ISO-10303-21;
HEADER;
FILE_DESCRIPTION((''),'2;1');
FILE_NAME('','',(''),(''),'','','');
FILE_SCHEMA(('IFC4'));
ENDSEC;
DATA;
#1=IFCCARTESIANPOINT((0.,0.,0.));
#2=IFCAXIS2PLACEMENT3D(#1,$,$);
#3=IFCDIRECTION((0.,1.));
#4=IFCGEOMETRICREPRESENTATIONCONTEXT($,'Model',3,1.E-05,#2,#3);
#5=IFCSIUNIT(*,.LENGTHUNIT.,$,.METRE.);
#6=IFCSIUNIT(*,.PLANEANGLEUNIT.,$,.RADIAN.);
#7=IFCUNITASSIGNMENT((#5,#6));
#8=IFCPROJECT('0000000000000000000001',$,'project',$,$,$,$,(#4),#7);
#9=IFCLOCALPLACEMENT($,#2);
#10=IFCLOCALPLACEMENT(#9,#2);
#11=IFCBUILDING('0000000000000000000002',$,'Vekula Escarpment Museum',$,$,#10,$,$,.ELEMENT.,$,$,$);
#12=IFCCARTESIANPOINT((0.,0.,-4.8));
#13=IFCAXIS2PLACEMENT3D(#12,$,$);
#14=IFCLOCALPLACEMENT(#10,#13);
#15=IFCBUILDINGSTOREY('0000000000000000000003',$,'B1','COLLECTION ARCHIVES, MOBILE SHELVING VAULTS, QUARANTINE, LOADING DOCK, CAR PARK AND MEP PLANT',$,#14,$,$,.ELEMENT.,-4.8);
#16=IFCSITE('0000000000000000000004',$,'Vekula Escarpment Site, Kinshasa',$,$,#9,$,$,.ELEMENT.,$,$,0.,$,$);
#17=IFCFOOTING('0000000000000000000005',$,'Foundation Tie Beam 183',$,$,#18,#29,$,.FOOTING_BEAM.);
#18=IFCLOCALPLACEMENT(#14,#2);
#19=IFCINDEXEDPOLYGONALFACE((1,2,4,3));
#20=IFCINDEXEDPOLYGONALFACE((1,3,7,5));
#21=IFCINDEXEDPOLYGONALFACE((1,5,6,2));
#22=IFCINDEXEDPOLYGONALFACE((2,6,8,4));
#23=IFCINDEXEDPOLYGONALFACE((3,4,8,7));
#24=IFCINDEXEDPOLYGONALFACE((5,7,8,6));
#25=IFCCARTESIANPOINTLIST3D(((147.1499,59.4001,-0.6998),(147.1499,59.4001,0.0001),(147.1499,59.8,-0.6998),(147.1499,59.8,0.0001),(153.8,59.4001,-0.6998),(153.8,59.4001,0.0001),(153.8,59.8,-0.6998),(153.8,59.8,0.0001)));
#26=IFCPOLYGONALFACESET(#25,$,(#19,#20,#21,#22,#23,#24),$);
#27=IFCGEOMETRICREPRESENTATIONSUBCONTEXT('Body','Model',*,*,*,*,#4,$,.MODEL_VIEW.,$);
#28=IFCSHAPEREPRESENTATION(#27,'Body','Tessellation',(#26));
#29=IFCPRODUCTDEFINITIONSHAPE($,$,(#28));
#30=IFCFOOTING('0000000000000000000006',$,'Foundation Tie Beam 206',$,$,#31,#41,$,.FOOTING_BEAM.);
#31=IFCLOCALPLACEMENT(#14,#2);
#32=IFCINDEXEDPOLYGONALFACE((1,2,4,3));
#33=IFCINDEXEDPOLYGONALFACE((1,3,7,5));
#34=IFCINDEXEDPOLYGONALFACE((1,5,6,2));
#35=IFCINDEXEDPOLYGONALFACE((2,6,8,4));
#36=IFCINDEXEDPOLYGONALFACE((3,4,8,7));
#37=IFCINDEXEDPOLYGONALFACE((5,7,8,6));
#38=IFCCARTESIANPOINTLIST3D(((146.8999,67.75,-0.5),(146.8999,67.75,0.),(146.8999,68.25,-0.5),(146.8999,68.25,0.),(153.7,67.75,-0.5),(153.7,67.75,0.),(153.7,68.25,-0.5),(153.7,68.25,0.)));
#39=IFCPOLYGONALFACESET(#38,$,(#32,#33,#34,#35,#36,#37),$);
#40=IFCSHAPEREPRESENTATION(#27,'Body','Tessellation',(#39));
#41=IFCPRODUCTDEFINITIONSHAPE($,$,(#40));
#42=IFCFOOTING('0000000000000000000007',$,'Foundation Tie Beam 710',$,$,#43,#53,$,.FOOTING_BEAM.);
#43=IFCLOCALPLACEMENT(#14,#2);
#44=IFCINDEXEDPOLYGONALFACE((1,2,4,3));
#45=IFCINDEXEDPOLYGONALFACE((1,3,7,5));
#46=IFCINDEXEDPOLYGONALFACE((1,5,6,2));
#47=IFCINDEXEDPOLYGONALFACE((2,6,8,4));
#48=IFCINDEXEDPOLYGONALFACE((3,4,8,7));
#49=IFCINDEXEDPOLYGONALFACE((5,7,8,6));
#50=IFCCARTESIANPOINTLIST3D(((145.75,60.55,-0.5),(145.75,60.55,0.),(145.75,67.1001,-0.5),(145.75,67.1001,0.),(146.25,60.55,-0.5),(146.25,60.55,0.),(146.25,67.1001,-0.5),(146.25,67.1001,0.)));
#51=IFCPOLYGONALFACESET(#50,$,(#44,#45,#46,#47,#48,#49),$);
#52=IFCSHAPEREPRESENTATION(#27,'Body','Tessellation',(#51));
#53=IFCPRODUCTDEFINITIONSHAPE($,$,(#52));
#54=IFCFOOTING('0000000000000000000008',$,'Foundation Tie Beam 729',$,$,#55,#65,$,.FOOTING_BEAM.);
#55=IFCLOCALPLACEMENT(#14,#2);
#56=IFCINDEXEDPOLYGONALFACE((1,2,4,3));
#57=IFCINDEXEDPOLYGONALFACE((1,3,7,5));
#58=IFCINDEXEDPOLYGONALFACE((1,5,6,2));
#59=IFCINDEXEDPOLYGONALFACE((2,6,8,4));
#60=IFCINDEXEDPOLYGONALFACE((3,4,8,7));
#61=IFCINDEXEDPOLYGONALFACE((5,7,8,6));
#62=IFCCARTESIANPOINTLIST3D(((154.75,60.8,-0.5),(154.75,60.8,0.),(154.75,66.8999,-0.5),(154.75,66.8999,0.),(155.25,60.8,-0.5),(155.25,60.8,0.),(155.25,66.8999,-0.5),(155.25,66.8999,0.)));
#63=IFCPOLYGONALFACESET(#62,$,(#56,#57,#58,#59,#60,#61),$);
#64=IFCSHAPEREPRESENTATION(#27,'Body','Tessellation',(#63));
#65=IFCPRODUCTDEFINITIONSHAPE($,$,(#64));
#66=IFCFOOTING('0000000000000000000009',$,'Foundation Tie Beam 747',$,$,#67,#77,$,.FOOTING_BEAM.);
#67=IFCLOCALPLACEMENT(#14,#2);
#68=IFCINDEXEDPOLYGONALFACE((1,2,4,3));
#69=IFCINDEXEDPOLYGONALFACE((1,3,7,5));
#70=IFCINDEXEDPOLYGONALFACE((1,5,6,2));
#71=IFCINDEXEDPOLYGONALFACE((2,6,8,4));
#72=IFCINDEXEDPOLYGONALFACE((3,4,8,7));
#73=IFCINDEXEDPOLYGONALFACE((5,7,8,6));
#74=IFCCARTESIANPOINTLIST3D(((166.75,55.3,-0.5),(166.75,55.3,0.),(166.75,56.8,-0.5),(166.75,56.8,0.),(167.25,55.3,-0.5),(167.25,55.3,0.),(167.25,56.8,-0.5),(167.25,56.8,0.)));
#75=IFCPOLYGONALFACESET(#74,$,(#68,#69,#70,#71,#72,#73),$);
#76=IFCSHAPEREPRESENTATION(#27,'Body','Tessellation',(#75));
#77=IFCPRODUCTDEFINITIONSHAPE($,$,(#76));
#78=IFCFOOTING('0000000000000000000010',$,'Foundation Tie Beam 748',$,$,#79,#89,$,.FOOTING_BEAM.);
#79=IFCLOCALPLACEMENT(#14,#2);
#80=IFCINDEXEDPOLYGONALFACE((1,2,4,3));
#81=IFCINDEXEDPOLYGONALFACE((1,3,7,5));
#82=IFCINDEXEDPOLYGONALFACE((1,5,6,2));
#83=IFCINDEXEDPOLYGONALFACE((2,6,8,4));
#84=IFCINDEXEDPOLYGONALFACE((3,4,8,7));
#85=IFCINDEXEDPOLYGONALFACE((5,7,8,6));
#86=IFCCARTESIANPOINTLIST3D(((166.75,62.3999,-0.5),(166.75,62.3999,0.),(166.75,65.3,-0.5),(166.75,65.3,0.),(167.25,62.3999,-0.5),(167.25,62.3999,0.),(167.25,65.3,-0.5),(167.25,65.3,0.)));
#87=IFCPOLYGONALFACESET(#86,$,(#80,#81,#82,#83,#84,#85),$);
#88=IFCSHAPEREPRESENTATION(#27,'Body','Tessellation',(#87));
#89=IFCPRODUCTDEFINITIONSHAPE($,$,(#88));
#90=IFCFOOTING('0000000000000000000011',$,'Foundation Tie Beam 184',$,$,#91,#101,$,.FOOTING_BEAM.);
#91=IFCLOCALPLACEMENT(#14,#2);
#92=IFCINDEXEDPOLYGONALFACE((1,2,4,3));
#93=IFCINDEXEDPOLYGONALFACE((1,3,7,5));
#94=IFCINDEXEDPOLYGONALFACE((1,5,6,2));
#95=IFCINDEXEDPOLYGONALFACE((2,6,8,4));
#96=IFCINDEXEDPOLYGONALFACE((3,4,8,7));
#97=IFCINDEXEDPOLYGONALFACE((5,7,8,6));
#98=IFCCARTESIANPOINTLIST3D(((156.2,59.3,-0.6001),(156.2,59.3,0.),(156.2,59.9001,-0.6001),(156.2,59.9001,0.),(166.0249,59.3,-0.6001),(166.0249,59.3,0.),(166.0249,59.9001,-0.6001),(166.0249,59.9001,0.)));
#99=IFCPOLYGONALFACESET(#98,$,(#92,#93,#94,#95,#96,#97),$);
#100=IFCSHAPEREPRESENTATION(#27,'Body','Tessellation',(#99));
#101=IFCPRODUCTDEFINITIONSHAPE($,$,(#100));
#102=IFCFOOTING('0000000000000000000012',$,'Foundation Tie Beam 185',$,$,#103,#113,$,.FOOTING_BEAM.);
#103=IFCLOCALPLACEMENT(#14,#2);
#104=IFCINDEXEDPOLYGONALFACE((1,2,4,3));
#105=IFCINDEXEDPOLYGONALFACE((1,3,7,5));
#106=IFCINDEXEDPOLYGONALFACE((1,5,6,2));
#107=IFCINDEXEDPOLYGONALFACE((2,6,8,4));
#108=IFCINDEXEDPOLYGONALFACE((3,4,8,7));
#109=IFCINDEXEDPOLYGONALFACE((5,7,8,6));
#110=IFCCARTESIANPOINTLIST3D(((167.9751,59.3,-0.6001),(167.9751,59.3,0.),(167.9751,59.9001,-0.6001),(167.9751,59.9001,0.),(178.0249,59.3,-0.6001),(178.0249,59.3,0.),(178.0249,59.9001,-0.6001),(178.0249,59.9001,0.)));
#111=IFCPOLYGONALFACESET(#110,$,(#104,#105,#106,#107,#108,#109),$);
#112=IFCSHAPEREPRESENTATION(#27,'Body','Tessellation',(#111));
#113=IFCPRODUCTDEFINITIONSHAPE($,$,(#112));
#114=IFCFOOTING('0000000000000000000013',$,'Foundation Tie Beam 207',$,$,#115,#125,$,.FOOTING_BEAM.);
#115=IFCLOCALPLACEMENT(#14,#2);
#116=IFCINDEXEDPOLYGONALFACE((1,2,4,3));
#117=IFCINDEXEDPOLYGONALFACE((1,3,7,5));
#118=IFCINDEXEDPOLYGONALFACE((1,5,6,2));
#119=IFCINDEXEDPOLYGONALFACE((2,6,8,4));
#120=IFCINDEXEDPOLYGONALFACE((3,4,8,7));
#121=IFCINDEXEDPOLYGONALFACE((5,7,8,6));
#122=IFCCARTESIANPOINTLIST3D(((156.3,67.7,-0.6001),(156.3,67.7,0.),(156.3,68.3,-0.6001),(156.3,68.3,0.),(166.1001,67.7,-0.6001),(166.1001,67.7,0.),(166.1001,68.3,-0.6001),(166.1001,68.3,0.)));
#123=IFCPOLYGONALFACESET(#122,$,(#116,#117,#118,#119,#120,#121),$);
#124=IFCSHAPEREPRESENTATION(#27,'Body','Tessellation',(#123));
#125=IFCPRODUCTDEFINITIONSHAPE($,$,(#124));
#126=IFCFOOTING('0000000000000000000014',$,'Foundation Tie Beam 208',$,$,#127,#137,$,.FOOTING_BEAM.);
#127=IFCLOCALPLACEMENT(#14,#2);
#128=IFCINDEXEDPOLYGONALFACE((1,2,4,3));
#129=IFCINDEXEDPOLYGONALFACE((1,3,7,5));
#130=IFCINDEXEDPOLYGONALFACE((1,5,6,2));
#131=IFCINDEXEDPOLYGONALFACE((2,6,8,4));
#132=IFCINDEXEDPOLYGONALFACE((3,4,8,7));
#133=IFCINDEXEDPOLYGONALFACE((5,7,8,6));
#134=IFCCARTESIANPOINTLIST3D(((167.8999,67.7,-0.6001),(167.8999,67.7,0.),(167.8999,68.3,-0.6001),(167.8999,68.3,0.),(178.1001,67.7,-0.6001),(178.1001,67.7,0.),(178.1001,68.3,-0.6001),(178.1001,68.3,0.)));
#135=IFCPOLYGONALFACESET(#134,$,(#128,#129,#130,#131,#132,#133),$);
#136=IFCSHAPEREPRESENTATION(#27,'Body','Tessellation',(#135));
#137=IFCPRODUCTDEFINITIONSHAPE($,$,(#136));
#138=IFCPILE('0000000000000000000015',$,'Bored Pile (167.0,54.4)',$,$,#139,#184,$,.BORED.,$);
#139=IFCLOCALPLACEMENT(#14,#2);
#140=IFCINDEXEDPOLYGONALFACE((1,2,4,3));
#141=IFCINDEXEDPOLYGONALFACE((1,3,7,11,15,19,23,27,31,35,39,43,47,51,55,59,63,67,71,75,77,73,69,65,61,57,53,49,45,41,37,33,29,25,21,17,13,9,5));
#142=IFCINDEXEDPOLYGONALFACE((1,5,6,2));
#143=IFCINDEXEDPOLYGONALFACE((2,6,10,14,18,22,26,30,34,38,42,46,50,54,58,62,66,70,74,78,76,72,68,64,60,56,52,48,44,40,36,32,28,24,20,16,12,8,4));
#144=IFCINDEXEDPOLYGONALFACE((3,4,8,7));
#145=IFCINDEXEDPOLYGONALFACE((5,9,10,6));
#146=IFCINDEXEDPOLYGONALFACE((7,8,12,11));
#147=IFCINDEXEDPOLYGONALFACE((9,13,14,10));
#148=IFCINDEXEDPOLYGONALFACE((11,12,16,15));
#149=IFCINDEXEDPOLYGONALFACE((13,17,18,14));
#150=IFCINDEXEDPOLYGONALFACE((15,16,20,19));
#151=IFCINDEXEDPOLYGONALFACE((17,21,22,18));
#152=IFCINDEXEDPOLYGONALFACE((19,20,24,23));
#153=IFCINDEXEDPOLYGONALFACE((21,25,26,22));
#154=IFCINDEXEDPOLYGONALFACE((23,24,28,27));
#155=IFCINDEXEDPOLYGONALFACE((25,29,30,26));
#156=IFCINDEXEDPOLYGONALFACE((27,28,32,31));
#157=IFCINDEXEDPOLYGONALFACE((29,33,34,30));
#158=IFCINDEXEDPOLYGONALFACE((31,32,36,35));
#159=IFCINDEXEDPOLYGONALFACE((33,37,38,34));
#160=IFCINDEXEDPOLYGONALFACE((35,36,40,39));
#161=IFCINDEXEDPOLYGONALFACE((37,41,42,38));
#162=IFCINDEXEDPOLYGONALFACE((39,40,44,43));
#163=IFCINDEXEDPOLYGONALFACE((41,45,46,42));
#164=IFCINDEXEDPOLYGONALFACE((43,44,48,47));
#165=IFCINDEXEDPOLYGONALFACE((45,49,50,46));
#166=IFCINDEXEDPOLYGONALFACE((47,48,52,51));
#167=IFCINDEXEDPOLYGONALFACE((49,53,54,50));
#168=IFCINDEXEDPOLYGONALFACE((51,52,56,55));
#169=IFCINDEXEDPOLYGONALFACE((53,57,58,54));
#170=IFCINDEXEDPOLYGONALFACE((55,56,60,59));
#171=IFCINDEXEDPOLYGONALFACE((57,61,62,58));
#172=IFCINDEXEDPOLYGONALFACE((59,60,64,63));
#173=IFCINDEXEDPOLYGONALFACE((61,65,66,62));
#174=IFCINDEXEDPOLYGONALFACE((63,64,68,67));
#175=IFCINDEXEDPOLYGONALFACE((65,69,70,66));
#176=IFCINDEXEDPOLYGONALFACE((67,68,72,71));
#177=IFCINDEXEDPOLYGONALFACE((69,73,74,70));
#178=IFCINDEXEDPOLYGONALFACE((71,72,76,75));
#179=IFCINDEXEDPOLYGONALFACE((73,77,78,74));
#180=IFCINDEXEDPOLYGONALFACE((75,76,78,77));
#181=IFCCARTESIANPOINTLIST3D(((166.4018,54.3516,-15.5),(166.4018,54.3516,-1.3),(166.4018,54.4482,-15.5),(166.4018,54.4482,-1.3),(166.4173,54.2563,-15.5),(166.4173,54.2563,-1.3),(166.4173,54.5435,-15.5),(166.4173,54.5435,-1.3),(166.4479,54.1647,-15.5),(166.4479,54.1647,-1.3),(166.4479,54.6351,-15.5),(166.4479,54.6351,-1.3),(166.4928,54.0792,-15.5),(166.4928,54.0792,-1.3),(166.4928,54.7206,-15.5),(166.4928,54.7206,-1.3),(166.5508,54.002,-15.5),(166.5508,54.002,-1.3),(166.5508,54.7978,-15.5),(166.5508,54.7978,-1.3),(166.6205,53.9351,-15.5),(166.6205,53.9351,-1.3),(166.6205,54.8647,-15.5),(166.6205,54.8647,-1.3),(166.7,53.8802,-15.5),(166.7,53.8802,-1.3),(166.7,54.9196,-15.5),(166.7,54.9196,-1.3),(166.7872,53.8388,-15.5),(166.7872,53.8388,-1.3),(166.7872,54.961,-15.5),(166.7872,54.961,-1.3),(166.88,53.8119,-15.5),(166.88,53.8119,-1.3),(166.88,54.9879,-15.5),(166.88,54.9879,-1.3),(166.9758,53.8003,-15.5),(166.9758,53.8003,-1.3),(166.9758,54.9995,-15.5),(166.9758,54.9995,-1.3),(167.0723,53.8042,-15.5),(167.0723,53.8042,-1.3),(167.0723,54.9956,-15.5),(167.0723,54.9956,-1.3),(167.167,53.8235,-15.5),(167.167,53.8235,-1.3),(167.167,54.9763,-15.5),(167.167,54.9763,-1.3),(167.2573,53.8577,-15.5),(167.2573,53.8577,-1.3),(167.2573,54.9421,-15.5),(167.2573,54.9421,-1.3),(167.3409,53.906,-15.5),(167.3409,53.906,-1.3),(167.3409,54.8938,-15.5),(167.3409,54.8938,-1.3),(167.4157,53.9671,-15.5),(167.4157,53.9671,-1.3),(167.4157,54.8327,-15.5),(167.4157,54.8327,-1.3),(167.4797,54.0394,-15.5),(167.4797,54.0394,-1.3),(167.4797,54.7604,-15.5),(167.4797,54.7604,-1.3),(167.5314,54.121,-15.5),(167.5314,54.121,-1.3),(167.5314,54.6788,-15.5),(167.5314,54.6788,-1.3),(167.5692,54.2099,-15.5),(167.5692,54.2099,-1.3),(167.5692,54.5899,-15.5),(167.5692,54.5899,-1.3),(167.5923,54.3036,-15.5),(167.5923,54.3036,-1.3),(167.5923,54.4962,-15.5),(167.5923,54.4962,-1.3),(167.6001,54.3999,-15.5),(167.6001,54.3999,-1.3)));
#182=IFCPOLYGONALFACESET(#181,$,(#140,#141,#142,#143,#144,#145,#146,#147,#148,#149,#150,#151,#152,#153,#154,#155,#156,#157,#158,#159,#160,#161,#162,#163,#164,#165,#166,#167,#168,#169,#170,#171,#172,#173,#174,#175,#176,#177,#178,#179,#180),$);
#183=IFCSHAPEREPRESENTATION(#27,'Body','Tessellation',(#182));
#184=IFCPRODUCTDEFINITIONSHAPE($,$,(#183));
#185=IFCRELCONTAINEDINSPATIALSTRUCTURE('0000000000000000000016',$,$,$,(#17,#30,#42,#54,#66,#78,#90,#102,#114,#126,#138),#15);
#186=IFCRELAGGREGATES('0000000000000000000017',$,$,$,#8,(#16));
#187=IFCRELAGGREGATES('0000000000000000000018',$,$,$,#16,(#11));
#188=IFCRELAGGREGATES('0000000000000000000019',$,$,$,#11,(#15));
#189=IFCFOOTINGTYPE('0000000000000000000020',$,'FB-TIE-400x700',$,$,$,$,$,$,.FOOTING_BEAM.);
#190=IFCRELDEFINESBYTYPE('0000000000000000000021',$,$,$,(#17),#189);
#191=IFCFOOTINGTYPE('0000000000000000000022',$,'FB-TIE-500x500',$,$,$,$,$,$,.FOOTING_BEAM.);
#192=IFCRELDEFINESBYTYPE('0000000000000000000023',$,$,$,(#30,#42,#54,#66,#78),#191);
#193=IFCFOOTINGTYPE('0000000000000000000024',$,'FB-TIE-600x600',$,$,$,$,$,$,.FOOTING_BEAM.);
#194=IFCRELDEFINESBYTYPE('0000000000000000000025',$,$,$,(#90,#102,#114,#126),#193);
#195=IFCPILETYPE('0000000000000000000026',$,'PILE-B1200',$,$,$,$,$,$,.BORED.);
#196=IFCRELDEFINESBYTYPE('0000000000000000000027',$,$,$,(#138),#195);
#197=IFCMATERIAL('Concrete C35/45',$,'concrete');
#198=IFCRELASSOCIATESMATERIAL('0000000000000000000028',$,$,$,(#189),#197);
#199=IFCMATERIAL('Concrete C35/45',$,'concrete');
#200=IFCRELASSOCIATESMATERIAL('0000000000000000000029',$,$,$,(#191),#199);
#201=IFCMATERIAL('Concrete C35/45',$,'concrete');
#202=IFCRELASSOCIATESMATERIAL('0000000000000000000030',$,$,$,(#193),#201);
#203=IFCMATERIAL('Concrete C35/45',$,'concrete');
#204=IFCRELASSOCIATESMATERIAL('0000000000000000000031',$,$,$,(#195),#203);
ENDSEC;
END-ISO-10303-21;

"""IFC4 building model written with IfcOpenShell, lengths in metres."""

from ifc_helpers import new_model, si_unit, direction, frame, origin, origin_2d, place, context, subcontext, project, spatial, rectangle, circle, extrude, material, material_profile, profile_set, type_object, element, save


model = new_model("IFC4")

# Units and contexts
model_context = context("Model", 3, precision=1e-05, world=origin(), true_north=direction((0.0, 1.0)))
body_context = subcontext(model_context, "Body", "Model", "MODEL_VIEW")
ifc_project = project(units=[si_unit("LENGTHUNIT", "METRE"), si_unit("PLANEANGLEUNIT", "RADIAN")], contexts=[model_context])

# Site, building, storey
site_placement = place(None, origin())
site = spatial("IfcSite", under=ifc_project, at=site_placement, Name="Vekula Escarpment Site, Kinshasa", CompositionType="ELEMENT", RefElevation=0.0)
building_placement = place(site_placement, origin())
building = spatial("IfcBuilding", under=site, at=building_placement, Name="Vekula Escarpment Museum", CompositionType="ELEMENT")
storey_placement = place(building_placement, frame((0.0, 0.0, -4.8)))
storey = spatial("IfcBuildingStorey", under=building, at=storey_placement, Name="B1", Description="COLLECTION ARCHIVES, MOBILE SHELVING VAULTS, QUARANTINE, LOADING DOCK, CAR PARK AND MEP PLANT", CompositionType="ELEMENT", Elevation=-4.8)

# Footings
ifc_material_1 = material(Name="Concrete C35/45", Category="concrete")
ifc_material_profile_1 = material_profile(ifc_material_1, rectangle(XDim=0.3999, YDim=0.7, at=origin_2d()), Name="RC 400x700")
ifc_profile_set_1 = profile_set([ifc_material_profile_1], Name="Concrete C35/45")
footing_type_1 = type_object("IfcFootingType", Name="FB-TIE-400x700", PredefinedType="FOOTING_BEAM", material=ifc_profile_set_1)
footing_1_placement = place(storey_placement, frame((147.1499, 59.6001, -0.3499), z_axis=(1.0, 0.0, 0.0), x_axis=(0.0, 1.0, 0.0)))
element("IfcFooting", 1, at=footing_1_placement, inside=storey, type_object=footing_type_1, Name="Foundation Tie Beam 183", PredefinedType="FOOTING_BEAM", context=body_context, shape_type="SweptSolid", body=[
    extrude(rectangle(XDim=0.3999, YDim=0.7, at=origin_2d()), origin(), (0.0, 0.0, 1.0), 6.6501),
])
ifc_material_2 = material(Name="Concrete C35/45", Category="concrete")
ifc_material_profile_2 = material_profile(ifc_material_2, rectangle(XDim=0.5, YDim=0.5, at=origin_2d()), Name="RC 500x500")
ifc_profile_set_2 = profile_set([ifc_material_profile_2], Name="Concrete C35/45")
footing_type_2 = type_object("IfcFootingType", Name="FB-TIE-500x500", PredefinedType="FOOTING_BEAM", material=ifc_profile_set_2)
footing_2_placement = place(storey_placement, frame((146.8999, 68.0, -0.25), z_axis=(1.0, 0.0, 0.0), x_axis=(0.0, 1.0, 0.0)))
element("IfcFooting", 2, at=footing_2_placement, inside=storey, type_object=footing_type_2, Name="Foundation Tie Beam 206", PredefinedType="FOOTING_BEAM", context=body_context, shape_type="SweptSolid", body=[
    extrude(rectangle(XDim=0.5, YDim=0.5, at=origin_2d()), origin(), (0.0, 0.0, 1.0), 6.8),
])
footing_3_placement = place(storey_placement, frame((146.0, 60.55, -0.25), z_axis=(0.0, 1.0, 0.0), x_axis=(-1.0, 0.0, 0.0)))
element("IfcFooting", 3, at=footing_3_placement, inside=storey, type_object=footing_type_2, Name="Foundation Tie Beam 710", PredefinedType="FOOTING_BEAM", context=body_context, shape_type="SweptSolid", body=[
    extrude(rectangle(XDim=0.5, YDim=0.5, at=origin_2d()), origin(), (0.0, 0.0, 1.0), 6.55),
])
footing_4_placement = place(storey_placement, frame((155.0, 60.8, -0.25), z_axis=(0.0, 1.0, 0.0), x_axis=(-1.0, 0.0, 0.0)))
element("IfcFooting", 4, at=footing_4_placement, inside=storey, type_object=footing_type_2, Name="Foundation Tie Beam 729", PredefinedType="FOOTING_BEAM", context=body_context, shape_type="SweptSolid", body=[
    extrude(rectangle(XDim=0.5, YDim=0.5, at=origin_2d()), origin(), (0.0, 0.0, 1.0), 6.0999),
])
footing_5_placement = place(storey_placement, frame((167.0, 55.3, -0.25), z_axis=(0.0, 1.0, 0.0), x_axis=(-1.0, 0.0, 0.0)))
element("IfcFooting", 5, at=footing_5_placement, inside=storey, type_object=footing_type_2, Name="Foundation Tie Beam 747", PredefinedType="FOOTING_BEAM", context=body_context, shape_type="SweptSolid", body=[
    extrude(rectangle(XDim=0.5, YDim=0.5, at=origin_2d()), origin(), (0.0, 0.0, 1.0), 1.5),
])
footing_6_placement = place(storey_placement, frame((167.0, 62.3999, -0.25), z_axis=(0.0, 1.0, 0.0), x_axis=(-1.0, 0.0, 0.0)))
element("IfcFooting", 6, at=footing_6_placement, inside=storey, type_object=footing_type_2, Name="Foundation Tie Beam 748", PredefinedType="FOOTING_BEAM", context=body_context, shape_type="SweptSolid", body=[
    extrude(rectangle(XDim=0.5, YDim=0.5, at=origin_2d()), origin(), (0.0, 0.0, 1.0), 2.9001),
])
ifc_material_3 = material(Name="Concrete C35/45", Category="concrete")
ifc_material_profile_3 = material_profile(ifc_material_3, rectangle(XDim=0.6001, YDim=0.6001, at=origin_2d()), Name="RC 600x600")
ifc_profile_set_3 = profile_set([ifc_material_profile_3], Name="Concrete C35/45")
footing_type_3 = type_object("IfcFootingType", Name="FB-TIE-600x600", PredefinedType="FOOTING_BEAM", material=ifc_profile_set_3)
footing_7_placement = place(storey_placement, frame((156.2, 59.6001, -0.3), z_axis=(1.0, 0.0, 0.0), x_axis=(0.0, 1.0, 0.0)))
element("IfcFooting", 7, at=footing_7_placement, inside=storey, type_object=footing_type_3, Name="Foundation Tie Beam 184", PredefinedType="FOOTING_BEAM", context=body_context, shape_type="SweptSolid", body=[
    extrude(rectangle(XDim=0.6001, YDim=0.6001, at=origin_2d()), origin(), (0.0, 0.0, 1.0), 9.825),
])
footing_8_placement = place(storey_placement, frame((167.9751, 59.6001, -0.3), z_axis=(1.0, 0.0, 0.0), x_axis=(0.0, 1.0, 0.0)))
element("IfcFooting", 8, at=footing_8_placement, inside=storey, type_object=footing_type_3, Name="Foundation Tie Beam 185", PredefinedType="FOOTING_BEAM", context=body_context, shape_type="SweptSolid", body=[
    extrude(rectangle(XDim=0.6001, YDim=0.6001, at=origin_2d()), origin(), (0.0, 0.0, 1.0), 10.0498),
])
footing_9_placement = place(storey_placement, frame((156.3, 68.0, -0.3), z_axis=(1.0, 0.0, 0.0), x_axis=(0.0, 1.0, 0.0)))
element("IfcFooting", 9, at=footing_9_placement, inside=storey, type_object=footing_type_3, Name="Foundation Tie Beam 207", PredefinedType="FOOTING_BEAM", context=body_context, shape_type="SweptSolid", body=[
    extrude(rectangle(XDim=0.6001, YDim=0.6001, at=origin_2d()), origin(), (0.0, 0.0, 1.0), 9.8),
])
footing_10_placement = place(storey_placement, frame((167.8999, 68.0, -0.3), z_axis=(1.0, 0.0, 0.0), x_axis=(0.0, 1.0, 0.0)))
element("IfcFooting", 10, at=footing_10_placement, inside=storey, type_object=footing_type_3, Name="Foundation Tie Beam 208", PredefinedType="FOOTING_BEAM", context=body_context, shape_type="SweptSolid", body=[
    extrude(rectangle(XDim=0.6001, YDim=0.6001, at=origin_2d()), origin(), (0.0, 0.0, 1.0), 10.2002),
])

# Pile
ifc_material_4 = material(Name="Concrete C35/45", Category="concrete")
ifc_material_profile_4 = material_profile(ifc_material_4, circle(Radius=0.6001, at=origin_2d()), Name="BORED PILE 1200")
ifc_profile_set_4 = profile_set([ifc_material_profile_4], Name="Concrete C35/45")
pile_type = type_object("IfcPileType", Name="PILE-B1200", PredefinedType="BORED", material=ifc_profile_set_4)
pile_1_placement = place(storey_placement, frame((167.0, 54.3999, -1.3), z_axis=(0.0, 0.0, -1.0), x_axis=(1.0, 0.0, 0.0)))
element("IfcPile", 11, at=pile_1_placement, inside=storey, type_object=pile_type, Name="Bored Pile (167.0,54.4)", PredefinedType="BORED", context=body_context, shape_type="SweptSolid", body=[
    extrude(circle(Radius=0.6001, at=origin_2d()), origin(), (0.0, 0.0, 1.0), 14.2),
])

save(model, "model.ifc")
